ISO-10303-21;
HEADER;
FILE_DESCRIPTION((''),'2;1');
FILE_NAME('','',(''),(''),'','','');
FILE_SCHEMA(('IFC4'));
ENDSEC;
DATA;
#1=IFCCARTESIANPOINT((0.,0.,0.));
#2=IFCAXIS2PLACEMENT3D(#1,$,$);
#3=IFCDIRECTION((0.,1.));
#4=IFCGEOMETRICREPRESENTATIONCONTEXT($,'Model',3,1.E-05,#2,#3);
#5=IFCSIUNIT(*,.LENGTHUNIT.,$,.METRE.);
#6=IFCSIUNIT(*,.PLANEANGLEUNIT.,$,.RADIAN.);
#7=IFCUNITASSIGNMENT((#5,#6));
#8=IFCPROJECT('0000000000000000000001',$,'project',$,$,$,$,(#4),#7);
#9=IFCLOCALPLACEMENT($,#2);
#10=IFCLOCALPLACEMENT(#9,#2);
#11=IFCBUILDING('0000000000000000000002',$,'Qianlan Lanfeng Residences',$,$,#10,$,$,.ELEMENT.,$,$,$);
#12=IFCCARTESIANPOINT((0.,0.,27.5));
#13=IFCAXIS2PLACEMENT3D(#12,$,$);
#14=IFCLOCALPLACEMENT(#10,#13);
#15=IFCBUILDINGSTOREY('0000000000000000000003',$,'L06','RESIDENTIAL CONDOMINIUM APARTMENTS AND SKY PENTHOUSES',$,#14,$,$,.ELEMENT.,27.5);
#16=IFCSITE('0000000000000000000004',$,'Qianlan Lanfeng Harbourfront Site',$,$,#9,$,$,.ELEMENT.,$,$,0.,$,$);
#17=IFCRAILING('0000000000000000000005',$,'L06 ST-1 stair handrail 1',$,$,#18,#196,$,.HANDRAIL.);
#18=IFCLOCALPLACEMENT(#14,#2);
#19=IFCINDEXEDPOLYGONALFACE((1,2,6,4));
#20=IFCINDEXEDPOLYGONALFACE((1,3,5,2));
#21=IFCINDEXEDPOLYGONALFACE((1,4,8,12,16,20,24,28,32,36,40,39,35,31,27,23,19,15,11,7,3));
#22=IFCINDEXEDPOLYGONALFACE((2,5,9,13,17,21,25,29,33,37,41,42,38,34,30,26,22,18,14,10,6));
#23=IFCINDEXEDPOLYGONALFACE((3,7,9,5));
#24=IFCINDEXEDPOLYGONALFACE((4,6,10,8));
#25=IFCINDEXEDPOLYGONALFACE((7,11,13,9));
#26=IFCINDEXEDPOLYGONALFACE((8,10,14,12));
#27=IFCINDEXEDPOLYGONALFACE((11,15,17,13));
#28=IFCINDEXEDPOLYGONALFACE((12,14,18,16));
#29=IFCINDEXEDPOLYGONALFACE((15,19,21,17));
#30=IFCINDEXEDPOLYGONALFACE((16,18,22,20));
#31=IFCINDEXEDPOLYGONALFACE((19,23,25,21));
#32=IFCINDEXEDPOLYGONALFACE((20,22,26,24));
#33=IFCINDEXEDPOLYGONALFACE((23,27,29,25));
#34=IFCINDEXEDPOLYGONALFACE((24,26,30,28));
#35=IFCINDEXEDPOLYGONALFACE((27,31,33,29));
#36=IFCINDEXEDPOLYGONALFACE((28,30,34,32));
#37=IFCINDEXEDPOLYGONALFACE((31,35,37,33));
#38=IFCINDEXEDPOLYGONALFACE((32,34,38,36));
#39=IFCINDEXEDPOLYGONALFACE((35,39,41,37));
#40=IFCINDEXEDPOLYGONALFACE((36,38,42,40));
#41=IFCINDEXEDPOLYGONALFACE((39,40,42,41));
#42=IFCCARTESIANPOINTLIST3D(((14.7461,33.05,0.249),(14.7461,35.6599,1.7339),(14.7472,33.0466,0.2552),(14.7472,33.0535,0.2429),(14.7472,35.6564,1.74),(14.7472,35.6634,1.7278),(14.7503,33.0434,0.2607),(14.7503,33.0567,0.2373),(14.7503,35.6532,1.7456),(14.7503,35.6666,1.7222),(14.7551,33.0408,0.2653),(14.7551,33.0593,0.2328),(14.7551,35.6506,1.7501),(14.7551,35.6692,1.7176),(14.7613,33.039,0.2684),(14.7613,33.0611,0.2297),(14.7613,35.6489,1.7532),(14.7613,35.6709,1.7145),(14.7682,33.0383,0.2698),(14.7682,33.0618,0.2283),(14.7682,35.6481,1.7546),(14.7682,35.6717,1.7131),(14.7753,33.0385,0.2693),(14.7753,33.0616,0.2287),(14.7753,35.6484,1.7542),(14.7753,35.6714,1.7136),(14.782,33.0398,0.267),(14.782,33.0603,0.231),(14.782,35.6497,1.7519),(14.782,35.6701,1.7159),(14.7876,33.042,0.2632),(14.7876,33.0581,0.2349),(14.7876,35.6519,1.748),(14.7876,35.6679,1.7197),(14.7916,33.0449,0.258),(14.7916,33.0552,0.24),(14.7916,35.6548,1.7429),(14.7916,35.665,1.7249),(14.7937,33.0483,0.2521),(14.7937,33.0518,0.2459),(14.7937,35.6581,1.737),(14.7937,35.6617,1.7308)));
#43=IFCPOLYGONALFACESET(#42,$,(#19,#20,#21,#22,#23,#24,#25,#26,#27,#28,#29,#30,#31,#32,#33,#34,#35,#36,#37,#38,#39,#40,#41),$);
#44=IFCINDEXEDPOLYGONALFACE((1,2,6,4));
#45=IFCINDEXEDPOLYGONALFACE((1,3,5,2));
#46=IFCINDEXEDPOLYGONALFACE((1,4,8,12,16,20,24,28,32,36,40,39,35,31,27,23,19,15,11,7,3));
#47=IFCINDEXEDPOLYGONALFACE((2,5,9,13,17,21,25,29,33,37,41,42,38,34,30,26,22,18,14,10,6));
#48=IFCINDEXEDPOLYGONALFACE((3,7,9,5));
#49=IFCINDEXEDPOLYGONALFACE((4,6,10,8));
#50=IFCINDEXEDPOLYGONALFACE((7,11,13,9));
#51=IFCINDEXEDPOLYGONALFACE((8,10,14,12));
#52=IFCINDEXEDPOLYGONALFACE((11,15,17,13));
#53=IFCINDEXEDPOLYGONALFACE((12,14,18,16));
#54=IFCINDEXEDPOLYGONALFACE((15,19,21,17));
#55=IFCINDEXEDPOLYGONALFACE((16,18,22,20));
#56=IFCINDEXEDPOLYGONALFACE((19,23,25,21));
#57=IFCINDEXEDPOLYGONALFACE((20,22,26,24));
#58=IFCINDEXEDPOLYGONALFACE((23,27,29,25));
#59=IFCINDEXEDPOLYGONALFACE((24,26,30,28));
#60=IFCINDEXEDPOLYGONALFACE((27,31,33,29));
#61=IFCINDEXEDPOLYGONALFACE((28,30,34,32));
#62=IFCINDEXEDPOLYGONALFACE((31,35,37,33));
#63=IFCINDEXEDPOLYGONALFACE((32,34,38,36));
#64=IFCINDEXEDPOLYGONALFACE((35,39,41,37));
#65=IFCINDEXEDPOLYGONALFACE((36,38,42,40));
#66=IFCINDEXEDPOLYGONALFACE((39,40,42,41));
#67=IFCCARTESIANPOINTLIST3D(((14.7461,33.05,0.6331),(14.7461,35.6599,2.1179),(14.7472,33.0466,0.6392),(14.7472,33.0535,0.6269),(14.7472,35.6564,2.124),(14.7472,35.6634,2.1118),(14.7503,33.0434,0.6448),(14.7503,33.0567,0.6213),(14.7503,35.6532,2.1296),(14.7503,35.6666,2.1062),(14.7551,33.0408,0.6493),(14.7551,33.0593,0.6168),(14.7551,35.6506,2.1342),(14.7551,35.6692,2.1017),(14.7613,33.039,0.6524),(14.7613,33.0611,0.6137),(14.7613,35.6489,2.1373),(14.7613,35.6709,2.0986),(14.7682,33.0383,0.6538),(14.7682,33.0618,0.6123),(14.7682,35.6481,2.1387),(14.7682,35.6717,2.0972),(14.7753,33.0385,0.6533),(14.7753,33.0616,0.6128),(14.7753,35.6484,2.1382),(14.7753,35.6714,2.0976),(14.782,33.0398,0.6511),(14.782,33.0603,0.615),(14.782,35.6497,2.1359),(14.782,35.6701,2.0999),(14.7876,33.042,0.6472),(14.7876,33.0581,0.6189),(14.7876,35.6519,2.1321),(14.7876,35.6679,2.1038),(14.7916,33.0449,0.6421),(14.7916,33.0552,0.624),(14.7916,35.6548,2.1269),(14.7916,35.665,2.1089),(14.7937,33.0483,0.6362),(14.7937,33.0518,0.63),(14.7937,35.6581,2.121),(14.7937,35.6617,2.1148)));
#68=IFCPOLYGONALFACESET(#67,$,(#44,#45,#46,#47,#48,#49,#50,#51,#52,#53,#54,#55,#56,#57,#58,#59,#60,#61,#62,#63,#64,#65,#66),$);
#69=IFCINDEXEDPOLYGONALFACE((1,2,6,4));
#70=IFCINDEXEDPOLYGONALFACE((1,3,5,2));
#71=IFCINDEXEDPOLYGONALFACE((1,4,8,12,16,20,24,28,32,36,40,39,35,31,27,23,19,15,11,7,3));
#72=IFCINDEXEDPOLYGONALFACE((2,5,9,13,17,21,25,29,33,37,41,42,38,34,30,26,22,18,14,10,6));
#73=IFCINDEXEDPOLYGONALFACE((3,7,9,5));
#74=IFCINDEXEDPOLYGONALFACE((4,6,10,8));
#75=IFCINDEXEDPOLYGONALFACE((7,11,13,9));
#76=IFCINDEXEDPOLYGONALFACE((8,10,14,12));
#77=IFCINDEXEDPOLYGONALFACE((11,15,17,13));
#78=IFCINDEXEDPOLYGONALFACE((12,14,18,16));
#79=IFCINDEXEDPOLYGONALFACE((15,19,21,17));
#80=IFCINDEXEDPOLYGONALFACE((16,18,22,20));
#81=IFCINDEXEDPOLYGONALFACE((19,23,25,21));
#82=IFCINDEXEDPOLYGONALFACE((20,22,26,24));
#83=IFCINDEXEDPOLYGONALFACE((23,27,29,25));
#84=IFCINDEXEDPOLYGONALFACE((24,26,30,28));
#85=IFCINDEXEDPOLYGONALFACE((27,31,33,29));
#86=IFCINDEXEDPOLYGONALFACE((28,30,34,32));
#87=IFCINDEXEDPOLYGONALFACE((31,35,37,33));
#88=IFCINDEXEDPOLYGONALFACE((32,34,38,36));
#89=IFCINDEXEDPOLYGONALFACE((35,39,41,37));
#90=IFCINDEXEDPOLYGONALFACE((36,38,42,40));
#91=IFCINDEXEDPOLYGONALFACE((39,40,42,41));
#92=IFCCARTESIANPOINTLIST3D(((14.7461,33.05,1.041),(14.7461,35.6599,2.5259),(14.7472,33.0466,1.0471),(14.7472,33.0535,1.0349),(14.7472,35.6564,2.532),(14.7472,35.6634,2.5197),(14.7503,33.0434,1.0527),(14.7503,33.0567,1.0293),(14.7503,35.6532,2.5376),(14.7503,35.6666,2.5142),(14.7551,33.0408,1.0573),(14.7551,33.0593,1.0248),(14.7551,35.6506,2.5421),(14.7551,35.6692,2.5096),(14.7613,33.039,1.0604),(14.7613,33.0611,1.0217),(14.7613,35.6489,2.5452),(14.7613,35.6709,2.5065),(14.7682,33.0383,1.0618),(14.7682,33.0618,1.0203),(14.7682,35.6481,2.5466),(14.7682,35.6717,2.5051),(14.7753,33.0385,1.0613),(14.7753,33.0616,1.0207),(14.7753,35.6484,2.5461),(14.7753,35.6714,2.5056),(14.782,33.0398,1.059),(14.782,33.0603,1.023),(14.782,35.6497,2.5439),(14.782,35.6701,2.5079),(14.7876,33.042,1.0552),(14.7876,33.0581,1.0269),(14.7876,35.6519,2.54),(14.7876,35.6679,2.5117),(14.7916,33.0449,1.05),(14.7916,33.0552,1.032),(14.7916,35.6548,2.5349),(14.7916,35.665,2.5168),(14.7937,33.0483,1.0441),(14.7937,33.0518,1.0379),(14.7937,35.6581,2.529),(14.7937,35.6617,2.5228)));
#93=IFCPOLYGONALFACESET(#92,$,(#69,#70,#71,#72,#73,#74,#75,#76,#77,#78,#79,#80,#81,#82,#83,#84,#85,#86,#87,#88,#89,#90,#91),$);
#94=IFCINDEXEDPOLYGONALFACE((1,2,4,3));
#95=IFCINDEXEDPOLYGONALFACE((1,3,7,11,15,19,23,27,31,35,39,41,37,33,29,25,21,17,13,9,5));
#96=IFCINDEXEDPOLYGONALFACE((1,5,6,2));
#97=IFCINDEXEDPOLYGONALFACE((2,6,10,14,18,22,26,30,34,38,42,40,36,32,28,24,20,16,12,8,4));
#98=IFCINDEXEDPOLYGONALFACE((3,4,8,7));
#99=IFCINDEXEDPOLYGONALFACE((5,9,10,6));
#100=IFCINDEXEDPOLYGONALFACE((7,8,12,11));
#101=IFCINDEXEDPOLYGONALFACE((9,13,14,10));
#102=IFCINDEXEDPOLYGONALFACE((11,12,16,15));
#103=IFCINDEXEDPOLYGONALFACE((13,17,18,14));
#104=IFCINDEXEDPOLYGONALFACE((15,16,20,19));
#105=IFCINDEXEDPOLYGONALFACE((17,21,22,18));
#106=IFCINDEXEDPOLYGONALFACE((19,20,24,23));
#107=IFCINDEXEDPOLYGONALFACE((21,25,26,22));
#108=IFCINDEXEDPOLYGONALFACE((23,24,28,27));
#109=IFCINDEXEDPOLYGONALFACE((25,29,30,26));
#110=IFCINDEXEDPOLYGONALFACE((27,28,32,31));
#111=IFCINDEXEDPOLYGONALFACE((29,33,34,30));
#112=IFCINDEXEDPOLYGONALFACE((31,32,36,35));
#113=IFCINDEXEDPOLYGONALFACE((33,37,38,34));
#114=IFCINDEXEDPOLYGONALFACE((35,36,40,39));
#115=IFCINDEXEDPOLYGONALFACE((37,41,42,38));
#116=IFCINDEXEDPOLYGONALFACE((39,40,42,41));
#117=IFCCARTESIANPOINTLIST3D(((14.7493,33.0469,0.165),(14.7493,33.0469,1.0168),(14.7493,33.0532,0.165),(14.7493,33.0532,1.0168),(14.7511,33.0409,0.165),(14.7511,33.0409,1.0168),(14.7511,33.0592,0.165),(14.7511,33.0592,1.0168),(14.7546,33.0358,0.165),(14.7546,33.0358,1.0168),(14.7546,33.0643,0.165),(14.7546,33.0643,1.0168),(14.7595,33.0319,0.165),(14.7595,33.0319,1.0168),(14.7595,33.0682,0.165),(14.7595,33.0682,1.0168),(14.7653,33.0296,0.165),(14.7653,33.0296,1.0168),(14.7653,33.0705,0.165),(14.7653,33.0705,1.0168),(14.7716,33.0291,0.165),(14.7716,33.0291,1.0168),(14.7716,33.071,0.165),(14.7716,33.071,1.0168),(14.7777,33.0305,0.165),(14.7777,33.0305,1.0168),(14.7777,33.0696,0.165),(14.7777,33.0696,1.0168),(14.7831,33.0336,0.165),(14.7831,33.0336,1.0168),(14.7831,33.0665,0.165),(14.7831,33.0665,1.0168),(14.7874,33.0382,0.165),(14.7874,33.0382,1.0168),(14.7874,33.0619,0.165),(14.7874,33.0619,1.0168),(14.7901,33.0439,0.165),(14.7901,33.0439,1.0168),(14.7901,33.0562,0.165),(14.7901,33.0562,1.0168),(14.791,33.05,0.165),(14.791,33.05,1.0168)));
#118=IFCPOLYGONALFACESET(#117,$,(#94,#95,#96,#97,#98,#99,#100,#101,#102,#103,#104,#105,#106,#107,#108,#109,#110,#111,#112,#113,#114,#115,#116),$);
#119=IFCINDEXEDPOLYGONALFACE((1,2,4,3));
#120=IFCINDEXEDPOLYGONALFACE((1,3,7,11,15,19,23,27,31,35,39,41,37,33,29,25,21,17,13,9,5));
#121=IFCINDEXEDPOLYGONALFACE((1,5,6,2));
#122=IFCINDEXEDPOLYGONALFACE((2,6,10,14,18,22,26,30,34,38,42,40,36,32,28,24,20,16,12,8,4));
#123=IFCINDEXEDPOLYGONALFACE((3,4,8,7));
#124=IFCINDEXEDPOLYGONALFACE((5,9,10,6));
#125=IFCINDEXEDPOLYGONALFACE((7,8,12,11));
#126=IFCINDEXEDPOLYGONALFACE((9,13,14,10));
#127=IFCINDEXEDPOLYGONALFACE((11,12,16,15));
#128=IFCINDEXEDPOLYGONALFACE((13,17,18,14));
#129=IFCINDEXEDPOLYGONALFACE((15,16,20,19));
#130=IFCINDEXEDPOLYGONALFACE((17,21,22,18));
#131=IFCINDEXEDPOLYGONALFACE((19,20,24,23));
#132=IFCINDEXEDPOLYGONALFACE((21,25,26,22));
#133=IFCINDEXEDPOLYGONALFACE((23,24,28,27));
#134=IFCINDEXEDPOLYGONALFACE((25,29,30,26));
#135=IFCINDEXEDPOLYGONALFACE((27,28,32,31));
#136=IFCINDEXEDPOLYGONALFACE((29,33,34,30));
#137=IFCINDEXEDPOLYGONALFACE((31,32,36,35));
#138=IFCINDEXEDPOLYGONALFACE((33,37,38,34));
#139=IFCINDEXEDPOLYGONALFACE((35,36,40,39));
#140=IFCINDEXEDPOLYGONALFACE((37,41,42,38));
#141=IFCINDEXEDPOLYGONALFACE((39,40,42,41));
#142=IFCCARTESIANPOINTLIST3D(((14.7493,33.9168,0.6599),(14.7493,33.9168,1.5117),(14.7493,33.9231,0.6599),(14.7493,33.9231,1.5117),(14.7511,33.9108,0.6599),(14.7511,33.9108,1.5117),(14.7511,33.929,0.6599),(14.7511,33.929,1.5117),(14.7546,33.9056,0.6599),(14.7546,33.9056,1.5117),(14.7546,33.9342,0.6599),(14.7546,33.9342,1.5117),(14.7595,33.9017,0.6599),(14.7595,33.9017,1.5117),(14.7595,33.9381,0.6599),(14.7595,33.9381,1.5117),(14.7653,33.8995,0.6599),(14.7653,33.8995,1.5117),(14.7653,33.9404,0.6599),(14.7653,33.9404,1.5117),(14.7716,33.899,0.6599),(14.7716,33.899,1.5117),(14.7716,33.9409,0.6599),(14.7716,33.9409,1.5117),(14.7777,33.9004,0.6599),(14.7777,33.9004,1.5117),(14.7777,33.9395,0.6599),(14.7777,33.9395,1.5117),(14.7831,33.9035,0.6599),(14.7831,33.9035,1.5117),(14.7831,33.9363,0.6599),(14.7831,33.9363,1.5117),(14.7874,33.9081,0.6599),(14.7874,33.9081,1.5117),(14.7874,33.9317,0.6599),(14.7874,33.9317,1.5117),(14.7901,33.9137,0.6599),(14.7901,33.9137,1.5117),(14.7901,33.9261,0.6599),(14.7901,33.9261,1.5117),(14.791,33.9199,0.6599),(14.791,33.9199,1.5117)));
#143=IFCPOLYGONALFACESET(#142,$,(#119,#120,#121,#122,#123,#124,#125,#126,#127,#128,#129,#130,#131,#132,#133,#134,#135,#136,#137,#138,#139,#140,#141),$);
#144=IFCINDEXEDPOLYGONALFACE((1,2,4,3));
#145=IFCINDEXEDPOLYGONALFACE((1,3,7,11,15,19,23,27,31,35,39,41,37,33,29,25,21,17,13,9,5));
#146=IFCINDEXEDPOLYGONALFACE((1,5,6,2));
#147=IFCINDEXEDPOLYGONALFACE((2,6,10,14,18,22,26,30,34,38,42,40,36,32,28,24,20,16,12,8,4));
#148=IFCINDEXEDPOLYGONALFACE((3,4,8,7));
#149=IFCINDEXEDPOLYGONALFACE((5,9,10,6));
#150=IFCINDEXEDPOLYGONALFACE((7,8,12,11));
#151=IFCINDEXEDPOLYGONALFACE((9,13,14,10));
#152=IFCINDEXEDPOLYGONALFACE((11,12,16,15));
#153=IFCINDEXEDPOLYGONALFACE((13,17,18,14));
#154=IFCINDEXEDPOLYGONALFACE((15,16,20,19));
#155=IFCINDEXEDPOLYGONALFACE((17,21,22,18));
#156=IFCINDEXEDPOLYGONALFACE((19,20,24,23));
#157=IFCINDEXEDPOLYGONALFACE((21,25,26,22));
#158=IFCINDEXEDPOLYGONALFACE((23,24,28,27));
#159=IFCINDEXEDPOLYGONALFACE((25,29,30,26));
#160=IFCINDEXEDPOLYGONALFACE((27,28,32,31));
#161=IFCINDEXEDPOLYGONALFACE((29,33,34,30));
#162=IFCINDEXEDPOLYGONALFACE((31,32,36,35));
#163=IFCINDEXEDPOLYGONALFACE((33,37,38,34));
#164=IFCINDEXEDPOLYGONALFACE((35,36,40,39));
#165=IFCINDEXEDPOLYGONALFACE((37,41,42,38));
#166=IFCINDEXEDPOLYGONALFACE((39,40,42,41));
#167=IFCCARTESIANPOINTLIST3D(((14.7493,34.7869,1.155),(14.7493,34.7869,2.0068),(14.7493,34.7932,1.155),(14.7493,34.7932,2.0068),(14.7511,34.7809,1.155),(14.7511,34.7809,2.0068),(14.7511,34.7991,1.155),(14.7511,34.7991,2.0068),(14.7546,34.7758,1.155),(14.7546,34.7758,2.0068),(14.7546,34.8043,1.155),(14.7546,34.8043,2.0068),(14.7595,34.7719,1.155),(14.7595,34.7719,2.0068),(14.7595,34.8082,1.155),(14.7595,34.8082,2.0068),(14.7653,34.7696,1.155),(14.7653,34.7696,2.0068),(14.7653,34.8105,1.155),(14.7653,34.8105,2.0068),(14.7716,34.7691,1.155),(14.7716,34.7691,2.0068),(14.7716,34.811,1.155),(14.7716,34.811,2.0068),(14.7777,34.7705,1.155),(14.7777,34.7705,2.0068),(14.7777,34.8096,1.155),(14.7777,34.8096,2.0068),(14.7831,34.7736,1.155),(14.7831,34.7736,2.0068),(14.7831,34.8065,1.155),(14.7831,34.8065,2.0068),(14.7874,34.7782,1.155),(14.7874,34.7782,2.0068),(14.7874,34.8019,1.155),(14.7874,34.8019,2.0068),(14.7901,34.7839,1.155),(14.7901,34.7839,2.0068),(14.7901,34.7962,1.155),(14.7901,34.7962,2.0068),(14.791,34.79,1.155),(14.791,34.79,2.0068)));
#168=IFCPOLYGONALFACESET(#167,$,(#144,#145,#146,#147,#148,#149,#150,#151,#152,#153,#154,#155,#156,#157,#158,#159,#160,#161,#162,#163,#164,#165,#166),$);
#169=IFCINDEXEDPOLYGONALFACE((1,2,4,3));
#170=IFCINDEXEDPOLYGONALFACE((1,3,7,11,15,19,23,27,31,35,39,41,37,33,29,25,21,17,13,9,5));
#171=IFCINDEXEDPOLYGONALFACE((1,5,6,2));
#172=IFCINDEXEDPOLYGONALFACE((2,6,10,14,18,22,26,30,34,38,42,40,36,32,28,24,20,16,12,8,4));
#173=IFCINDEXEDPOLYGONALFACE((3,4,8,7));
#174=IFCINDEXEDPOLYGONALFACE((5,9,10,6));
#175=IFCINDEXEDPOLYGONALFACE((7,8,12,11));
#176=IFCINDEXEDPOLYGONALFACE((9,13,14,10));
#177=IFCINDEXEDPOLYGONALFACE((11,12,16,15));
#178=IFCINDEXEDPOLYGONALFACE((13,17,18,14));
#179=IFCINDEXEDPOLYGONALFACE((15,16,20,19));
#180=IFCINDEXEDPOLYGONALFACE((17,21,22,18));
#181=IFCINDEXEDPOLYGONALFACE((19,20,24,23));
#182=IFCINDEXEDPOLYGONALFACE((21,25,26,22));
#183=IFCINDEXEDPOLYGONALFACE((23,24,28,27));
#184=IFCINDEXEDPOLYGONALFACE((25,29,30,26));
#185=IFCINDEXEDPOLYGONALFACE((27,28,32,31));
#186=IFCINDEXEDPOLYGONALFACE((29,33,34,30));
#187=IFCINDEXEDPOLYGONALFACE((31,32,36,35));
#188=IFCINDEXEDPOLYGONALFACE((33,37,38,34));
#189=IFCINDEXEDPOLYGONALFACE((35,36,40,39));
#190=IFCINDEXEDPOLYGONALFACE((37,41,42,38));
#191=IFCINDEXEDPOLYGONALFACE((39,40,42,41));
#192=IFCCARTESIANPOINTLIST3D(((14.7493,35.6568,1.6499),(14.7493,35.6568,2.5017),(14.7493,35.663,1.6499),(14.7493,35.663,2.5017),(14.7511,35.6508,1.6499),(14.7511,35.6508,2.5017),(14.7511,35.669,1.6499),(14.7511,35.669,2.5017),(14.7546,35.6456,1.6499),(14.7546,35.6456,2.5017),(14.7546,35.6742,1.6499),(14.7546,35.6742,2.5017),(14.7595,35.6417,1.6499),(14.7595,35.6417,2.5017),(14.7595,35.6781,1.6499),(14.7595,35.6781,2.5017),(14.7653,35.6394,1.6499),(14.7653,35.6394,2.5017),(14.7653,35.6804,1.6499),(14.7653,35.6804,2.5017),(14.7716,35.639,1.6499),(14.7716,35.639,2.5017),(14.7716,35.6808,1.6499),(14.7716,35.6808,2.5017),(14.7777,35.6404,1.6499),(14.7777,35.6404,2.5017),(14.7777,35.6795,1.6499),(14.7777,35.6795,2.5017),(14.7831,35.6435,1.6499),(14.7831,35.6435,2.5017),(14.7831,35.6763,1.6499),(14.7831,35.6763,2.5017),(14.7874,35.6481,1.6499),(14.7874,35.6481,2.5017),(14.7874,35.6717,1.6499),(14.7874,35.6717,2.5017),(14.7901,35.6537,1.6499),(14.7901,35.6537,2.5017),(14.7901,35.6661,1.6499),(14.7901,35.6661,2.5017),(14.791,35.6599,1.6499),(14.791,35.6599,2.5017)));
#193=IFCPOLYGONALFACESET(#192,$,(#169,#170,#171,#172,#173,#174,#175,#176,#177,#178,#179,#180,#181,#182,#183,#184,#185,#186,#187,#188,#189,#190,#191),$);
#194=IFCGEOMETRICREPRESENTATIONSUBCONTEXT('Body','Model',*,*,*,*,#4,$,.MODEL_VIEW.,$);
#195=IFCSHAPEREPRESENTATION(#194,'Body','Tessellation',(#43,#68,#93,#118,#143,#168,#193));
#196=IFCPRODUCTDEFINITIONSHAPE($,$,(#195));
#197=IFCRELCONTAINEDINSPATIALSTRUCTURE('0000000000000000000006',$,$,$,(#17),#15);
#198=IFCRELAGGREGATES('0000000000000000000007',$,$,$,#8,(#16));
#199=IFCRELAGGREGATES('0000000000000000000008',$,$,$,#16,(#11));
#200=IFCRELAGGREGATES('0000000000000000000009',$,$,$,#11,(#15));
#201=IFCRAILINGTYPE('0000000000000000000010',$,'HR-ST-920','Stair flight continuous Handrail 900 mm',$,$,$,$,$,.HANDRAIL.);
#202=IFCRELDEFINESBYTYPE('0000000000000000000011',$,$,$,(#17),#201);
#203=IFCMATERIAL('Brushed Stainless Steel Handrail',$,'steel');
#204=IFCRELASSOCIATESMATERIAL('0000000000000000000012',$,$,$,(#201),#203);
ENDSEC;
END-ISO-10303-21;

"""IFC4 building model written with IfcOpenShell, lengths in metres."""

from ifc_helpers import new_model, si_unit, direction, frame, origin, origin_2d, place, context, subcontext, project, spatial, circle, extrude, material, type_object, element, save


model = new_model("IFC4")

# Units and contexts
model_context = context("Model", 3, precision=1e-05, world=origin(), true_north=direction((0.0, 1.0)))
body_context = subcontext(model_context, "Body", "Model", "MODEL_VIEW")
ifc_project = project(units=[si_unit("LENGTHUNIT", "METRE"), si_unit("PLANEANGLEUNIT", "RADIAN")], contexts=[model_context])

# Site, building, storey
site_placement = place(None, origin())
site = spatial("IfcSite", under=ifc_project, at=site_placement, Name="Qianlan Lanfeng Harbourfront Site", CompositionType="ELEMENT", RefElevation=0.0)
building_placement = place(site_placement, origin())
building = spatial("IfcBuilding", under=site, at=building_placement, Name="Qianlan Lanfeng Residences", CompositionType="ELEMENT")
storey_placement = place(building_placement, frame((0.0, 0.0, 27.5)))
storey = spatial("IfcBuildingStorey", under=building, at=storey_placement, Name="L06", Description="RESIDENTIAL CONDOMINIUM APARTMENTS AND SKY PENTHOUSES", CompositionType="ELEMENT", Elevation=27.5)

# Railing
ifc_material_1 = material(Name="Brushed Stainless Steel Handrail", Category="steel")
railing_type_1 = type_object("IfcRailingType", Name="HR-ST-920", Description="Stair flight continuous Handrail 900 mm", PredefinedType="HANDRAIL", material=ifc_material_1)
railing_1_placement = place(storey_placement, frame((14.77, 33.05, 0.165)))
element("IfcRailing", 1, at=railing_1_placement, inside=storey, type_object=railing_type_1, Name="L06 ST-1 stair handrail 1", PredefinedType="HANDRAIL", context=body_context, shape_type="SweptSolid", body=[
    extrude(circle(Radius=0.0239, at=origin_2d()), frame((0.0, 0.0, 0.084), z_axis=(0.0, 0.869172, 0.494509), x_axis=(-1.0, 0.0, 0.0)), (0.0, 0.0, 1.0), 3.0027),
    extrude(circle(Radius=0.0239, at=origin_2d()), frame((0.0, 0.0, 0.468), z_axis=(0.0, 0.869172, 0.494509), x_axis=(-1.0, 0.0, 0.0)), (0.0, 0.0, 1.0), 3.0027),
    extrude(circle(Radius=0.0239, at=origin_2d()), frame((0.0, 0.0, 0.876), z_axis=(0.0, 0.869172, 0.494509), x_axis=(-1.0, 0.0, 0.0)), (0.0, 0.0, 1.0), 3.0027),
    extrude(circle(Radius=0.021, at=origin_2d()), origin(), (0.0, 0.0, 1.0), 0.8518),
    extrude(circle(Radius=0.021, at=origin_2d()), frame((0.0, 0.8699, 0.4949)), (0.0, 0.0, 1.0), 0.8518),
    extrude(circle(Radius=0.021, at=origin_2d()), frame((0.0, 1.74, 0.99)), (0.0, 0.0, 1.0), 0.8518),
    extrude(circle(Radius=0.021, at=origin_2d()), frame((0.0, 2.6099, 1.4849)), (0.0, 0.0, 1.0), 0.8518),
])

save(model, "model.ifc")
